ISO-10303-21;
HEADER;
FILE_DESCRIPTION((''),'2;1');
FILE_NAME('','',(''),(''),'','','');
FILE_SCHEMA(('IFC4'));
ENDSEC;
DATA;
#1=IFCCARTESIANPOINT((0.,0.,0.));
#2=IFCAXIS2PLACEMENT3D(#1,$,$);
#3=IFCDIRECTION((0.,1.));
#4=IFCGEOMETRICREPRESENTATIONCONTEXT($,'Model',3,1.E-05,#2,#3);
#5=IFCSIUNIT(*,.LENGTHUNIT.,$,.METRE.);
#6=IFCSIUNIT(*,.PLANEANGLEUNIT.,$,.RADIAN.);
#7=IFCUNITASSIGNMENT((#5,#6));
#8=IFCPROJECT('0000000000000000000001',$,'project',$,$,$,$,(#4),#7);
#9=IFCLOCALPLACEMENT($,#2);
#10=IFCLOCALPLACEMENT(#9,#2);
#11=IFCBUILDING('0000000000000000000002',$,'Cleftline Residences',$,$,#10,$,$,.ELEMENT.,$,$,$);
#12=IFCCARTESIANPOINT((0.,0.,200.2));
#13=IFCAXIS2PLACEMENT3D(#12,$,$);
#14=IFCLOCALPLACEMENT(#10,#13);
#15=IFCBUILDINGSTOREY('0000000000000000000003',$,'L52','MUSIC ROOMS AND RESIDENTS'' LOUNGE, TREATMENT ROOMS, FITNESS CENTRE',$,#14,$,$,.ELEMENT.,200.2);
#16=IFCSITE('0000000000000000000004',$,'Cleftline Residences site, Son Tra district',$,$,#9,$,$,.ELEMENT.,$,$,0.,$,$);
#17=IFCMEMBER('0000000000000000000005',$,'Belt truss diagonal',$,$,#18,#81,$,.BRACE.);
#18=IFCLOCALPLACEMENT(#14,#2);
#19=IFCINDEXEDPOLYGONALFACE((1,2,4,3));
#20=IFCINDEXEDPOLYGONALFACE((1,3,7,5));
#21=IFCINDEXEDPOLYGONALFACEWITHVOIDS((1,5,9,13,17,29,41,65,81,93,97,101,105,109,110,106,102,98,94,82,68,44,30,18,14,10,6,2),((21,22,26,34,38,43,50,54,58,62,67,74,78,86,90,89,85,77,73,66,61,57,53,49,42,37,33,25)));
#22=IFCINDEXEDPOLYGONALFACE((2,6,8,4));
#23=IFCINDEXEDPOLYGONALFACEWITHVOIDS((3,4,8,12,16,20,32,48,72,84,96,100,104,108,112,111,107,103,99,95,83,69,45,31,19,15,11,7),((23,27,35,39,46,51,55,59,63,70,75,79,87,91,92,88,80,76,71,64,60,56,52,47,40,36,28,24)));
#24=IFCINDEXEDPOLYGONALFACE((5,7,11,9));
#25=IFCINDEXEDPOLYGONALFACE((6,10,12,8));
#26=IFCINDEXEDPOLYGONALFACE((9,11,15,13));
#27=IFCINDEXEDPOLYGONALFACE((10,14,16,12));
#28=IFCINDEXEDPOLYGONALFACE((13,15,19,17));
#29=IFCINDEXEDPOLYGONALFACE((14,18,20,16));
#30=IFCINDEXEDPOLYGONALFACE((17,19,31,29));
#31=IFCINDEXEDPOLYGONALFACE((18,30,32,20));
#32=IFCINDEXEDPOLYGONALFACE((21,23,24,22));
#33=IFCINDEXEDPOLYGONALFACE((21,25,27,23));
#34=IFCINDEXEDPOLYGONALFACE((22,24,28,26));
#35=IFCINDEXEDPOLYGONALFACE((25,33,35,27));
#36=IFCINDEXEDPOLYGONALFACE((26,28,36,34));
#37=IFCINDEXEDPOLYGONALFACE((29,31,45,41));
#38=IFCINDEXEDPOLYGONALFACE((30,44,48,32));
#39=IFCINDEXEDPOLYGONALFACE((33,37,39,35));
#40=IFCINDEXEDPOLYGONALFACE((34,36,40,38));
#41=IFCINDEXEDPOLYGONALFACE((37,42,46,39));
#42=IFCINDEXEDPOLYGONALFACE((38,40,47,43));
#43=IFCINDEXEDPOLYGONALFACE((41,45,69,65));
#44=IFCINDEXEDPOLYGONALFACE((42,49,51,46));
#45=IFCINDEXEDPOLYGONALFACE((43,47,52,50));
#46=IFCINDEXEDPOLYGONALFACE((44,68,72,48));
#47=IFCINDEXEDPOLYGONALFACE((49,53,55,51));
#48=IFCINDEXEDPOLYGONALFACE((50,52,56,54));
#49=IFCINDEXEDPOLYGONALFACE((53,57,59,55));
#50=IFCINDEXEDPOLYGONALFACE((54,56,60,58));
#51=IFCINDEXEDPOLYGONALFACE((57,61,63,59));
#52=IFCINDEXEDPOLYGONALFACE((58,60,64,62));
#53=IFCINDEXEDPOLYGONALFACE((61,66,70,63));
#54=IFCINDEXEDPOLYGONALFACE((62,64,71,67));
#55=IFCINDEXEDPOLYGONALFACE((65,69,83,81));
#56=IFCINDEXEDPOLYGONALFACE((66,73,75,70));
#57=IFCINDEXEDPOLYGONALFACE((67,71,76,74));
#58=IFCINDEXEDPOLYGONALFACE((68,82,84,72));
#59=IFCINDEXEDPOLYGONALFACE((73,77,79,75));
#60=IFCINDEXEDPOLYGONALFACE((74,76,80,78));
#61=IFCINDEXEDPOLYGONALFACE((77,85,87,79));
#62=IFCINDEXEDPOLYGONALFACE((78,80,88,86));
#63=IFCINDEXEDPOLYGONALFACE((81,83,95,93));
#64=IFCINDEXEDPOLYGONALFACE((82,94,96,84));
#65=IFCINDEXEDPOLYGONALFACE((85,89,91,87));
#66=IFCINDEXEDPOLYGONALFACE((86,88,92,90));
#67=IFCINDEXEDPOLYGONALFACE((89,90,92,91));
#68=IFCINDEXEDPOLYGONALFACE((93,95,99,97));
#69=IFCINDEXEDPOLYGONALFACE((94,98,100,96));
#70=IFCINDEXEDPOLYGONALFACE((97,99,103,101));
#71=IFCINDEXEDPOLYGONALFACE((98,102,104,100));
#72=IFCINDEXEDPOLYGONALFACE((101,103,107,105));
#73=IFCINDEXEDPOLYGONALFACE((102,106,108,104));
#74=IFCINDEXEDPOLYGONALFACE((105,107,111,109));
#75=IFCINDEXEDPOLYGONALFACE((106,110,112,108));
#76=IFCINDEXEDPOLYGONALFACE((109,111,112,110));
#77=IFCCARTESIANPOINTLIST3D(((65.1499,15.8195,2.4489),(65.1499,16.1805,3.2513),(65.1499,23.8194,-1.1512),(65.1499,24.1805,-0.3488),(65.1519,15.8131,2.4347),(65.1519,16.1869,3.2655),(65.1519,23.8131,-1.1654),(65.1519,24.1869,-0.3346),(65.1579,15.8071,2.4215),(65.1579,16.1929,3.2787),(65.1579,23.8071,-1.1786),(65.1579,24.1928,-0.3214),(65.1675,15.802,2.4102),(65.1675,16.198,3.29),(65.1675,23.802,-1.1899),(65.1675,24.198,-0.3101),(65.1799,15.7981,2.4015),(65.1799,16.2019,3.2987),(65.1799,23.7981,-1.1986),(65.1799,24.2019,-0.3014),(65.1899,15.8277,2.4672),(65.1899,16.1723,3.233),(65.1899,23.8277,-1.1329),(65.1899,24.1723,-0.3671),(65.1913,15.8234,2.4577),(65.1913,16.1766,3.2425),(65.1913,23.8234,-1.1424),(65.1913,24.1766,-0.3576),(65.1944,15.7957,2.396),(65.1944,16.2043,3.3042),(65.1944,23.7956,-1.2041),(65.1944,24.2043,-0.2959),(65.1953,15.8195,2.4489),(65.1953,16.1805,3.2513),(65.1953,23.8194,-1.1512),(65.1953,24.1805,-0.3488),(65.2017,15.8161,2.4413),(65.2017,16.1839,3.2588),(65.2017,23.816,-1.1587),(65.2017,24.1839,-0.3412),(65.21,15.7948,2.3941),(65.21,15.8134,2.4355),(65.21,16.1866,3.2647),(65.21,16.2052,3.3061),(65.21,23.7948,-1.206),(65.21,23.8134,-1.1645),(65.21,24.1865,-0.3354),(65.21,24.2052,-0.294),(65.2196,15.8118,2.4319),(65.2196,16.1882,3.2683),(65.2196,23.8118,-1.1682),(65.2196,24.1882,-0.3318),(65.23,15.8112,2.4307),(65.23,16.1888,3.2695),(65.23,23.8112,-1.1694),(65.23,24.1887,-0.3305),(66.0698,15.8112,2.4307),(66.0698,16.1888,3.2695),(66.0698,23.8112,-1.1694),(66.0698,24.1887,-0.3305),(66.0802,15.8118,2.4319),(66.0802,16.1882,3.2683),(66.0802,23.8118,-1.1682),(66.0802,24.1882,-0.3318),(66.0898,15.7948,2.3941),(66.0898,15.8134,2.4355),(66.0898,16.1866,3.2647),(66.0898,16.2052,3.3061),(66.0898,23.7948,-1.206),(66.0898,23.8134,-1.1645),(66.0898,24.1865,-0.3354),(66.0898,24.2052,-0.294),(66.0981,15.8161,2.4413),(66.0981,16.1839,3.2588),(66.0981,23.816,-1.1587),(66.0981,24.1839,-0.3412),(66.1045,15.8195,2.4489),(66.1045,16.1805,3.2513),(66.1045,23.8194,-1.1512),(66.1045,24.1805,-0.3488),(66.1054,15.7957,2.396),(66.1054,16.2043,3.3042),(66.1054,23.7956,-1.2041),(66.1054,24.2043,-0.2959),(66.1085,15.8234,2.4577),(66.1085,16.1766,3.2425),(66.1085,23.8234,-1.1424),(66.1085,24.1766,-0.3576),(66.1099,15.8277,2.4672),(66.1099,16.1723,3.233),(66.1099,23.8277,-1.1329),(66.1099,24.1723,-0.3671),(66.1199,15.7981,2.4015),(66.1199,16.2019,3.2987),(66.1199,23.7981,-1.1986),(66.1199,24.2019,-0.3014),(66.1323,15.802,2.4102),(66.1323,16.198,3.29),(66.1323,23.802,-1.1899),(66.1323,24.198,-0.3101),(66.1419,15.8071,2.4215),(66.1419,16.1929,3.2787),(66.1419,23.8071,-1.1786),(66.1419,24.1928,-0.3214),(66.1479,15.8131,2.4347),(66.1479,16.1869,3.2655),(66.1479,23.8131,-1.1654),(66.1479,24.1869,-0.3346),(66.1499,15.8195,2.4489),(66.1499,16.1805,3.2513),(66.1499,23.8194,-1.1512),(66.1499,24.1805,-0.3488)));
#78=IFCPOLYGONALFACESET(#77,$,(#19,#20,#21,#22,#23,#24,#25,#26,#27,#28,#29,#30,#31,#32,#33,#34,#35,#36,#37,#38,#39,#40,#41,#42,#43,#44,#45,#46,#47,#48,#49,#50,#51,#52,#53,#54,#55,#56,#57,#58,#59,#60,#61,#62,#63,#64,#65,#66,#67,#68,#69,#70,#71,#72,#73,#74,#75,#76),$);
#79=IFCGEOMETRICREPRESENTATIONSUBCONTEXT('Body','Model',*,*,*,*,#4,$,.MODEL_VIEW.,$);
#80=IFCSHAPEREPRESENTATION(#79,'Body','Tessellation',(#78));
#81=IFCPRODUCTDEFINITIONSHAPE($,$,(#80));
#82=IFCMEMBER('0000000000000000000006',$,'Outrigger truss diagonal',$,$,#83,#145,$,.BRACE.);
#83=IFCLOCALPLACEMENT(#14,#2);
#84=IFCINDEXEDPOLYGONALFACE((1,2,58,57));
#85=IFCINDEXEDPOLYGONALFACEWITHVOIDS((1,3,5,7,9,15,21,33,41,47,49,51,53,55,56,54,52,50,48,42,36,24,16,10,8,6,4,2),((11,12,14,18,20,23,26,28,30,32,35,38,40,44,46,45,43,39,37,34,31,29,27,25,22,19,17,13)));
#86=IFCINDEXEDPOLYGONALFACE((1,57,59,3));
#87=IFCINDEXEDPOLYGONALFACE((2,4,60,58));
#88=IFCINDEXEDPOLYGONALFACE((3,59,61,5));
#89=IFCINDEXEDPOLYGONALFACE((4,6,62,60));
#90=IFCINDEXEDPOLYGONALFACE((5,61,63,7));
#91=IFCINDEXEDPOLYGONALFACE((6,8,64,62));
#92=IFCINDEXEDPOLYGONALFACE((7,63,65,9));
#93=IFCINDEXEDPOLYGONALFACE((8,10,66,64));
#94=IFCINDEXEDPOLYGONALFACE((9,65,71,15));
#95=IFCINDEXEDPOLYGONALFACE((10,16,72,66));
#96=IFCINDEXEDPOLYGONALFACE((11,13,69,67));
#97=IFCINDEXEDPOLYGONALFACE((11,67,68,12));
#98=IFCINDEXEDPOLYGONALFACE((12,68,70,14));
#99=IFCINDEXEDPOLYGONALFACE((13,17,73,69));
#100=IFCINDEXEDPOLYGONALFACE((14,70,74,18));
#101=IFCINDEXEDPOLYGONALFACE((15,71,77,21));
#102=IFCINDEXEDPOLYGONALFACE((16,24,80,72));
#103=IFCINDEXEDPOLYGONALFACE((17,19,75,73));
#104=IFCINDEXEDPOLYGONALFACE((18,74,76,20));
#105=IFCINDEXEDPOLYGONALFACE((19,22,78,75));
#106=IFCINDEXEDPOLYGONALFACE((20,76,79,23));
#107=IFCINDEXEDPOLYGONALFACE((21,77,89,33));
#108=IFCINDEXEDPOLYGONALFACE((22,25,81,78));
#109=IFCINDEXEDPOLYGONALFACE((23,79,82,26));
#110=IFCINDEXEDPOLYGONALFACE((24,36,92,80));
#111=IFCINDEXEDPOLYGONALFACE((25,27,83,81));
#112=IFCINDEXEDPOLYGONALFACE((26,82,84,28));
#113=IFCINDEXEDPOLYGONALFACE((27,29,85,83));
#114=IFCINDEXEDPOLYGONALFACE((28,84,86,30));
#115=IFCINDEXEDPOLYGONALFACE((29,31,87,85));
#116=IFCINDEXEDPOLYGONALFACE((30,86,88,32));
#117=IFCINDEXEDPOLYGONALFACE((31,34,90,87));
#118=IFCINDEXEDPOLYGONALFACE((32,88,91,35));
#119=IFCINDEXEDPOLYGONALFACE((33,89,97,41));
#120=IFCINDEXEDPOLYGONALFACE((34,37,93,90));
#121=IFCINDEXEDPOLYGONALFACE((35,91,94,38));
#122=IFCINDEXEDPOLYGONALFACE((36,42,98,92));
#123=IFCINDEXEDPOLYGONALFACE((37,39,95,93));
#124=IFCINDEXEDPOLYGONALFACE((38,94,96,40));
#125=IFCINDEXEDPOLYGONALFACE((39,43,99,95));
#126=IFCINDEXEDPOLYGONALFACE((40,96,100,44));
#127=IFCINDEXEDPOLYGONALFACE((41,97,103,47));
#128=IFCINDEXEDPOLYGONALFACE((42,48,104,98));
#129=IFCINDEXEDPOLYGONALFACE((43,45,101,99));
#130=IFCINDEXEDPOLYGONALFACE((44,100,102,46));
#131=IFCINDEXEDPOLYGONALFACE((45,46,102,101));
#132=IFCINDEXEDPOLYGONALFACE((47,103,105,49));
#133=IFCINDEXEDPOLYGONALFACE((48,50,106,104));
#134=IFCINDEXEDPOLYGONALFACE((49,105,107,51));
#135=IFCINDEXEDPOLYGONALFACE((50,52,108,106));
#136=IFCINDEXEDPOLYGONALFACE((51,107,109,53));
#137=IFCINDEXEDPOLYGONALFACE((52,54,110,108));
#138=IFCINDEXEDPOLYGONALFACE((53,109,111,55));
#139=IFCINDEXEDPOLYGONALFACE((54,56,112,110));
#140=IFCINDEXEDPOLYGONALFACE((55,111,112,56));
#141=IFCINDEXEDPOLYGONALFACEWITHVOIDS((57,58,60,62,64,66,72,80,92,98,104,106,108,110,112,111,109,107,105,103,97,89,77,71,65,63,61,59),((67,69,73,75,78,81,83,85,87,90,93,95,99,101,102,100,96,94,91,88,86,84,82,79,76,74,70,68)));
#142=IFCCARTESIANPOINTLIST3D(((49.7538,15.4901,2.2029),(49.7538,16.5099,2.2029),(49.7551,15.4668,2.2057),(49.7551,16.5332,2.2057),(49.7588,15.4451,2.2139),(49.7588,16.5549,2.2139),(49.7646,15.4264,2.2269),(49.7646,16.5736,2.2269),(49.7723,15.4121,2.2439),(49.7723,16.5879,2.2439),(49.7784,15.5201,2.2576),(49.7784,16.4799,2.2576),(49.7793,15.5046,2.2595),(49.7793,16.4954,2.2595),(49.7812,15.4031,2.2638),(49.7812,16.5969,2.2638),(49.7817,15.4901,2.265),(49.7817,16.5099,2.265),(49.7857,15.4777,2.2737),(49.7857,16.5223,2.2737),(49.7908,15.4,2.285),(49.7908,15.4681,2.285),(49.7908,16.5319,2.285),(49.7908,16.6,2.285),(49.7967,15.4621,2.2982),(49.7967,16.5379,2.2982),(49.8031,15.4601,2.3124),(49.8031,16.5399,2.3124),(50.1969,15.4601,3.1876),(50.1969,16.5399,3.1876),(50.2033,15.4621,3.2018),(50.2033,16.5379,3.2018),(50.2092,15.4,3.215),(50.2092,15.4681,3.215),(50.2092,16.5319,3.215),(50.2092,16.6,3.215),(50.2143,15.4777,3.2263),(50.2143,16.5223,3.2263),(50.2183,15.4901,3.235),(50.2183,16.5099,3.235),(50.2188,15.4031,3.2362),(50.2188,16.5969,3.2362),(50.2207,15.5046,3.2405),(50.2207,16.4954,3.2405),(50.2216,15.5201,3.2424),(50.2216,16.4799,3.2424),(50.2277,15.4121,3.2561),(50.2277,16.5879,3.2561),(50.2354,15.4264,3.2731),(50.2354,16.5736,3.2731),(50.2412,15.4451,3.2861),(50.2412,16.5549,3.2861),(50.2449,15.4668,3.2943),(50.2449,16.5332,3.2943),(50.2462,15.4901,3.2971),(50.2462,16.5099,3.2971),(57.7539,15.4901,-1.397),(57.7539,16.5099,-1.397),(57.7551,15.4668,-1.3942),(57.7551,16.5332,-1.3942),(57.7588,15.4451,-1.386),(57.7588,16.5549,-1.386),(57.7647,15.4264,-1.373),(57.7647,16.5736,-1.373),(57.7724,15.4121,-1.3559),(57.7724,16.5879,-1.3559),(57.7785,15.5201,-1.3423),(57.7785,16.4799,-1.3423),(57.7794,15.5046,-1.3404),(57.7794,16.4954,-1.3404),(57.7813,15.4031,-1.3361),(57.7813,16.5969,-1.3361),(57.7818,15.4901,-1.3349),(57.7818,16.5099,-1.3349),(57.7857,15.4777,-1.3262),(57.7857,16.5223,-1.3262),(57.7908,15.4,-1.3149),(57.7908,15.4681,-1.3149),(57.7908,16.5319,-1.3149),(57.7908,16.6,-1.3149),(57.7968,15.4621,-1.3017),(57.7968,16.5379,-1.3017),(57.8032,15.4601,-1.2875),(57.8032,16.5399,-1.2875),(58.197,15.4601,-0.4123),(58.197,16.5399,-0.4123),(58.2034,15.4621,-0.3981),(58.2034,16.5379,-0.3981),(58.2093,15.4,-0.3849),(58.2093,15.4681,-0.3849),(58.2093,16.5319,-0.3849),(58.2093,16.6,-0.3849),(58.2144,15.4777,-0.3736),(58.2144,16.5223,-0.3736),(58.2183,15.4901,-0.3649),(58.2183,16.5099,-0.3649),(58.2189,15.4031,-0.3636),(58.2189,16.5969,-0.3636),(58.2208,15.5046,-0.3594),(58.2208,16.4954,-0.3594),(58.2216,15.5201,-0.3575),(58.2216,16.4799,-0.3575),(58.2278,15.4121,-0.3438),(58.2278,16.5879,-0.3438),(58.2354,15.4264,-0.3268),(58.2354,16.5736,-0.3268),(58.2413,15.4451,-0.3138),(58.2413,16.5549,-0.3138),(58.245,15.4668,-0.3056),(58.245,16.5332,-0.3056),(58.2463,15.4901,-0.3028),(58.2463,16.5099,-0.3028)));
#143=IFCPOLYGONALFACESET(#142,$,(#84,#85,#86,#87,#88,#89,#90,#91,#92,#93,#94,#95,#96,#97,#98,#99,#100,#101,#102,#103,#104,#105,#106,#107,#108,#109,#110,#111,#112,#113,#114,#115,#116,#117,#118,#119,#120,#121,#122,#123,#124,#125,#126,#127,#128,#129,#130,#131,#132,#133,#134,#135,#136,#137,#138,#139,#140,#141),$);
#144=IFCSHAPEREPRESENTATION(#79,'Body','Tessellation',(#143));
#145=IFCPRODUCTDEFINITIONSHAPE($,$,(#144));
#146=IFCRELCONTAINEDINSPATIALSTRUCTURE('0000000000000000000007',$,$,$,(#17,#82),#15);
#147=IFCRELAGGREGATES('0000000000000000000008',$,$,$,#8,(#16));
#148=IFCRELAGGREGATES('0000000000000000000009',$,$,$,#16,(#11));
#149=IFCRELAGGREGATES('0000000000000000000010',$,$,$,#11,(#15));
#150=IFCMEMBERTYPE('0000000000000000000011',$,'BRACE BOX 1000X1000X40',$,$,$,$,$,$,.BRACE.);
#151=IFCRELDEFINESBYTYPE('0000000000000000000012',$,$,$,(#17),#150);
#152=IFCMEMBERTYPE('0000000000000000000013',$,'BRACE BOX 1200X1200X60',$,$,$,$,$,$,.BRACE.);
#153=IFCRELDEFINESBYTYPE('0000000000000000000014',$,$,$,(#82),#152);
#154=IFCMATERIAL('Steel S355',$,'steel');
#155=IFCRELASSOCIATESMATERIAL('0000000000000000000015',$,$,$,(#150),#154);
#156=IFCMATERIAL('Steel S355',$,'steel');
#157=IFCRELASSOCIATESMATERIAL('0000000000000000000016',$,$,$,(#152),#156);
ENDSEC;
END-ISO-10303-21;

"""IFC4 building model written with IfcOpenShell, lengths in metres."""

from ifc_helpers import new_model, si_unit, direction, frame, origin, origin_2d, place, context, subcontext, project, spatial, hollow_rectangle, extrude, material, material_profile, profile_set, type_object, element, save


model = new_model("IFC4")

# Units and contexts
model_context = context("Model", 3, precision=1e-05, world=origin(), true_north=direction((0.0, 1.0)))
body_context = subcontext(model_context, "Body", "Model", "MODEL_VIEW")
ifc_project = project(units=[si_unit("LENGTHUNIT", "METRE"), si_unit("PLANEANGLEUNIT", "RADIAN")], contexts=[model_context])

# Site, building, storey
site_placement = place(None, origin())
site = spatial("IfcSite", under=ifc_project, at=site_placement, Name="Cleftline Residences site, Son Tra district", CompositionType="ELEMENT", RefElevation=0.0)
building_placement = place(site_placement, origin())
building = spatial("IfcBuilding", under=site, at=building_placement, Name="Cleftline Residences", CompositionType="ELEMENT")
storey_placement = place(building_placement, frame((0.0, 0.0, 200.2)))
storey = spatial("IfcBuildingStorey", under=building, at=storey_placement, Name="L52", Description="MUSIC ROOMS AND RESIDENTS' LOUNGE, TREATMENT ROOMS, FITNESS CENTRE", CompositionType="ELEMENT", Elevation=200.2)

# Members
ifc_material_1 = material(Name="Steel S355", Category="steel")
ifc_material_profile_1 = material_profile(ifc_material_1, hollow_rectangle(XDim=1.0, YDim=1.0, WallThickness=0.04, InnerFilletRadius=0.04, OuterFilletRadius=0.0601, at=origin_2d()))
ifc_profile_set_1 = profile_set([ifc_material_profile_1], Name="Steel S355")
member_type_1 = type_object("IfcMemberType", Name="BRACE BOX 1000X1000X40", PredefinedType="BRACE", material=ifc_profile_set_1)
for number, where, z_axis, x_axis, name in (
    (1, (65.6499, 16.0, 2.8501), (0.0, 0.911917, -0.410374), (0.0, 0.410374, 0.911917), "Belt truss diagonal"),
):
    element("IfcMember", number, at=place(storey_placement, frame(where, z_axis=z_axis, x_axis=x_axis)), inside=storey, type_object=member_type_1, Name=name, PredefinedType="BRACE", context=body_context, shape_type="SweptSolid", body=[
        extrude(hollow_rectangle(XDim=1.0, YDim=1.0, WallThickness=0.04, InnerFilletRadius=0.04, OuterFilletRadius=0.0601, at=origin_2d()), origin(), (0.0, 0.0, 1.0), 8.7727),
    ])
ifc_material_2 = material(Name="Steel S355", Category="steel")
ifc_material_profile_2 = material_profile(ifc_material_2, hollow_rectangle(XDim=1.2, YDim=1.2, WallThickness=0.0601, InnerFilletRadius=0.0601, OuterFilletRadius=0.0901, at=origin_2d()))
ifc_profile_set_2 = profile_set([ifc_material_profile_2], Name="Steel S355")
member_type_2 = type_object("IfcMemberType", Name="BRACE BOX 1200X1200X60", PredefinedType="BRACE", material=ifc_profile_set_2)
member_1_placement = place(storey_placement, frame((50.0, 16.0, 2.75), z_axis=(0.911928, 0.0, -0.410351), x_axis=(0.410351, 0.0, 0.911928)))
element("IfcMember", 2, at=member_1_placement, inside=storey, type_object=member_type_2, Name="Outrigger truss diagonal", PredefinedType="BRACE", context=body_context, shape_type="SweptSolid", body=[
    extrude(hollow_rectangle(XDim=1.2, YDim=1.2, WallThickness=0.0601, InnerFilletRadius=0.0601, OuterFilletRadius=0.0901, at=origin_2d()), origin(), (0.0, 0.0, 1.0), 8.7727),
])

save(model, "model.ifc")
